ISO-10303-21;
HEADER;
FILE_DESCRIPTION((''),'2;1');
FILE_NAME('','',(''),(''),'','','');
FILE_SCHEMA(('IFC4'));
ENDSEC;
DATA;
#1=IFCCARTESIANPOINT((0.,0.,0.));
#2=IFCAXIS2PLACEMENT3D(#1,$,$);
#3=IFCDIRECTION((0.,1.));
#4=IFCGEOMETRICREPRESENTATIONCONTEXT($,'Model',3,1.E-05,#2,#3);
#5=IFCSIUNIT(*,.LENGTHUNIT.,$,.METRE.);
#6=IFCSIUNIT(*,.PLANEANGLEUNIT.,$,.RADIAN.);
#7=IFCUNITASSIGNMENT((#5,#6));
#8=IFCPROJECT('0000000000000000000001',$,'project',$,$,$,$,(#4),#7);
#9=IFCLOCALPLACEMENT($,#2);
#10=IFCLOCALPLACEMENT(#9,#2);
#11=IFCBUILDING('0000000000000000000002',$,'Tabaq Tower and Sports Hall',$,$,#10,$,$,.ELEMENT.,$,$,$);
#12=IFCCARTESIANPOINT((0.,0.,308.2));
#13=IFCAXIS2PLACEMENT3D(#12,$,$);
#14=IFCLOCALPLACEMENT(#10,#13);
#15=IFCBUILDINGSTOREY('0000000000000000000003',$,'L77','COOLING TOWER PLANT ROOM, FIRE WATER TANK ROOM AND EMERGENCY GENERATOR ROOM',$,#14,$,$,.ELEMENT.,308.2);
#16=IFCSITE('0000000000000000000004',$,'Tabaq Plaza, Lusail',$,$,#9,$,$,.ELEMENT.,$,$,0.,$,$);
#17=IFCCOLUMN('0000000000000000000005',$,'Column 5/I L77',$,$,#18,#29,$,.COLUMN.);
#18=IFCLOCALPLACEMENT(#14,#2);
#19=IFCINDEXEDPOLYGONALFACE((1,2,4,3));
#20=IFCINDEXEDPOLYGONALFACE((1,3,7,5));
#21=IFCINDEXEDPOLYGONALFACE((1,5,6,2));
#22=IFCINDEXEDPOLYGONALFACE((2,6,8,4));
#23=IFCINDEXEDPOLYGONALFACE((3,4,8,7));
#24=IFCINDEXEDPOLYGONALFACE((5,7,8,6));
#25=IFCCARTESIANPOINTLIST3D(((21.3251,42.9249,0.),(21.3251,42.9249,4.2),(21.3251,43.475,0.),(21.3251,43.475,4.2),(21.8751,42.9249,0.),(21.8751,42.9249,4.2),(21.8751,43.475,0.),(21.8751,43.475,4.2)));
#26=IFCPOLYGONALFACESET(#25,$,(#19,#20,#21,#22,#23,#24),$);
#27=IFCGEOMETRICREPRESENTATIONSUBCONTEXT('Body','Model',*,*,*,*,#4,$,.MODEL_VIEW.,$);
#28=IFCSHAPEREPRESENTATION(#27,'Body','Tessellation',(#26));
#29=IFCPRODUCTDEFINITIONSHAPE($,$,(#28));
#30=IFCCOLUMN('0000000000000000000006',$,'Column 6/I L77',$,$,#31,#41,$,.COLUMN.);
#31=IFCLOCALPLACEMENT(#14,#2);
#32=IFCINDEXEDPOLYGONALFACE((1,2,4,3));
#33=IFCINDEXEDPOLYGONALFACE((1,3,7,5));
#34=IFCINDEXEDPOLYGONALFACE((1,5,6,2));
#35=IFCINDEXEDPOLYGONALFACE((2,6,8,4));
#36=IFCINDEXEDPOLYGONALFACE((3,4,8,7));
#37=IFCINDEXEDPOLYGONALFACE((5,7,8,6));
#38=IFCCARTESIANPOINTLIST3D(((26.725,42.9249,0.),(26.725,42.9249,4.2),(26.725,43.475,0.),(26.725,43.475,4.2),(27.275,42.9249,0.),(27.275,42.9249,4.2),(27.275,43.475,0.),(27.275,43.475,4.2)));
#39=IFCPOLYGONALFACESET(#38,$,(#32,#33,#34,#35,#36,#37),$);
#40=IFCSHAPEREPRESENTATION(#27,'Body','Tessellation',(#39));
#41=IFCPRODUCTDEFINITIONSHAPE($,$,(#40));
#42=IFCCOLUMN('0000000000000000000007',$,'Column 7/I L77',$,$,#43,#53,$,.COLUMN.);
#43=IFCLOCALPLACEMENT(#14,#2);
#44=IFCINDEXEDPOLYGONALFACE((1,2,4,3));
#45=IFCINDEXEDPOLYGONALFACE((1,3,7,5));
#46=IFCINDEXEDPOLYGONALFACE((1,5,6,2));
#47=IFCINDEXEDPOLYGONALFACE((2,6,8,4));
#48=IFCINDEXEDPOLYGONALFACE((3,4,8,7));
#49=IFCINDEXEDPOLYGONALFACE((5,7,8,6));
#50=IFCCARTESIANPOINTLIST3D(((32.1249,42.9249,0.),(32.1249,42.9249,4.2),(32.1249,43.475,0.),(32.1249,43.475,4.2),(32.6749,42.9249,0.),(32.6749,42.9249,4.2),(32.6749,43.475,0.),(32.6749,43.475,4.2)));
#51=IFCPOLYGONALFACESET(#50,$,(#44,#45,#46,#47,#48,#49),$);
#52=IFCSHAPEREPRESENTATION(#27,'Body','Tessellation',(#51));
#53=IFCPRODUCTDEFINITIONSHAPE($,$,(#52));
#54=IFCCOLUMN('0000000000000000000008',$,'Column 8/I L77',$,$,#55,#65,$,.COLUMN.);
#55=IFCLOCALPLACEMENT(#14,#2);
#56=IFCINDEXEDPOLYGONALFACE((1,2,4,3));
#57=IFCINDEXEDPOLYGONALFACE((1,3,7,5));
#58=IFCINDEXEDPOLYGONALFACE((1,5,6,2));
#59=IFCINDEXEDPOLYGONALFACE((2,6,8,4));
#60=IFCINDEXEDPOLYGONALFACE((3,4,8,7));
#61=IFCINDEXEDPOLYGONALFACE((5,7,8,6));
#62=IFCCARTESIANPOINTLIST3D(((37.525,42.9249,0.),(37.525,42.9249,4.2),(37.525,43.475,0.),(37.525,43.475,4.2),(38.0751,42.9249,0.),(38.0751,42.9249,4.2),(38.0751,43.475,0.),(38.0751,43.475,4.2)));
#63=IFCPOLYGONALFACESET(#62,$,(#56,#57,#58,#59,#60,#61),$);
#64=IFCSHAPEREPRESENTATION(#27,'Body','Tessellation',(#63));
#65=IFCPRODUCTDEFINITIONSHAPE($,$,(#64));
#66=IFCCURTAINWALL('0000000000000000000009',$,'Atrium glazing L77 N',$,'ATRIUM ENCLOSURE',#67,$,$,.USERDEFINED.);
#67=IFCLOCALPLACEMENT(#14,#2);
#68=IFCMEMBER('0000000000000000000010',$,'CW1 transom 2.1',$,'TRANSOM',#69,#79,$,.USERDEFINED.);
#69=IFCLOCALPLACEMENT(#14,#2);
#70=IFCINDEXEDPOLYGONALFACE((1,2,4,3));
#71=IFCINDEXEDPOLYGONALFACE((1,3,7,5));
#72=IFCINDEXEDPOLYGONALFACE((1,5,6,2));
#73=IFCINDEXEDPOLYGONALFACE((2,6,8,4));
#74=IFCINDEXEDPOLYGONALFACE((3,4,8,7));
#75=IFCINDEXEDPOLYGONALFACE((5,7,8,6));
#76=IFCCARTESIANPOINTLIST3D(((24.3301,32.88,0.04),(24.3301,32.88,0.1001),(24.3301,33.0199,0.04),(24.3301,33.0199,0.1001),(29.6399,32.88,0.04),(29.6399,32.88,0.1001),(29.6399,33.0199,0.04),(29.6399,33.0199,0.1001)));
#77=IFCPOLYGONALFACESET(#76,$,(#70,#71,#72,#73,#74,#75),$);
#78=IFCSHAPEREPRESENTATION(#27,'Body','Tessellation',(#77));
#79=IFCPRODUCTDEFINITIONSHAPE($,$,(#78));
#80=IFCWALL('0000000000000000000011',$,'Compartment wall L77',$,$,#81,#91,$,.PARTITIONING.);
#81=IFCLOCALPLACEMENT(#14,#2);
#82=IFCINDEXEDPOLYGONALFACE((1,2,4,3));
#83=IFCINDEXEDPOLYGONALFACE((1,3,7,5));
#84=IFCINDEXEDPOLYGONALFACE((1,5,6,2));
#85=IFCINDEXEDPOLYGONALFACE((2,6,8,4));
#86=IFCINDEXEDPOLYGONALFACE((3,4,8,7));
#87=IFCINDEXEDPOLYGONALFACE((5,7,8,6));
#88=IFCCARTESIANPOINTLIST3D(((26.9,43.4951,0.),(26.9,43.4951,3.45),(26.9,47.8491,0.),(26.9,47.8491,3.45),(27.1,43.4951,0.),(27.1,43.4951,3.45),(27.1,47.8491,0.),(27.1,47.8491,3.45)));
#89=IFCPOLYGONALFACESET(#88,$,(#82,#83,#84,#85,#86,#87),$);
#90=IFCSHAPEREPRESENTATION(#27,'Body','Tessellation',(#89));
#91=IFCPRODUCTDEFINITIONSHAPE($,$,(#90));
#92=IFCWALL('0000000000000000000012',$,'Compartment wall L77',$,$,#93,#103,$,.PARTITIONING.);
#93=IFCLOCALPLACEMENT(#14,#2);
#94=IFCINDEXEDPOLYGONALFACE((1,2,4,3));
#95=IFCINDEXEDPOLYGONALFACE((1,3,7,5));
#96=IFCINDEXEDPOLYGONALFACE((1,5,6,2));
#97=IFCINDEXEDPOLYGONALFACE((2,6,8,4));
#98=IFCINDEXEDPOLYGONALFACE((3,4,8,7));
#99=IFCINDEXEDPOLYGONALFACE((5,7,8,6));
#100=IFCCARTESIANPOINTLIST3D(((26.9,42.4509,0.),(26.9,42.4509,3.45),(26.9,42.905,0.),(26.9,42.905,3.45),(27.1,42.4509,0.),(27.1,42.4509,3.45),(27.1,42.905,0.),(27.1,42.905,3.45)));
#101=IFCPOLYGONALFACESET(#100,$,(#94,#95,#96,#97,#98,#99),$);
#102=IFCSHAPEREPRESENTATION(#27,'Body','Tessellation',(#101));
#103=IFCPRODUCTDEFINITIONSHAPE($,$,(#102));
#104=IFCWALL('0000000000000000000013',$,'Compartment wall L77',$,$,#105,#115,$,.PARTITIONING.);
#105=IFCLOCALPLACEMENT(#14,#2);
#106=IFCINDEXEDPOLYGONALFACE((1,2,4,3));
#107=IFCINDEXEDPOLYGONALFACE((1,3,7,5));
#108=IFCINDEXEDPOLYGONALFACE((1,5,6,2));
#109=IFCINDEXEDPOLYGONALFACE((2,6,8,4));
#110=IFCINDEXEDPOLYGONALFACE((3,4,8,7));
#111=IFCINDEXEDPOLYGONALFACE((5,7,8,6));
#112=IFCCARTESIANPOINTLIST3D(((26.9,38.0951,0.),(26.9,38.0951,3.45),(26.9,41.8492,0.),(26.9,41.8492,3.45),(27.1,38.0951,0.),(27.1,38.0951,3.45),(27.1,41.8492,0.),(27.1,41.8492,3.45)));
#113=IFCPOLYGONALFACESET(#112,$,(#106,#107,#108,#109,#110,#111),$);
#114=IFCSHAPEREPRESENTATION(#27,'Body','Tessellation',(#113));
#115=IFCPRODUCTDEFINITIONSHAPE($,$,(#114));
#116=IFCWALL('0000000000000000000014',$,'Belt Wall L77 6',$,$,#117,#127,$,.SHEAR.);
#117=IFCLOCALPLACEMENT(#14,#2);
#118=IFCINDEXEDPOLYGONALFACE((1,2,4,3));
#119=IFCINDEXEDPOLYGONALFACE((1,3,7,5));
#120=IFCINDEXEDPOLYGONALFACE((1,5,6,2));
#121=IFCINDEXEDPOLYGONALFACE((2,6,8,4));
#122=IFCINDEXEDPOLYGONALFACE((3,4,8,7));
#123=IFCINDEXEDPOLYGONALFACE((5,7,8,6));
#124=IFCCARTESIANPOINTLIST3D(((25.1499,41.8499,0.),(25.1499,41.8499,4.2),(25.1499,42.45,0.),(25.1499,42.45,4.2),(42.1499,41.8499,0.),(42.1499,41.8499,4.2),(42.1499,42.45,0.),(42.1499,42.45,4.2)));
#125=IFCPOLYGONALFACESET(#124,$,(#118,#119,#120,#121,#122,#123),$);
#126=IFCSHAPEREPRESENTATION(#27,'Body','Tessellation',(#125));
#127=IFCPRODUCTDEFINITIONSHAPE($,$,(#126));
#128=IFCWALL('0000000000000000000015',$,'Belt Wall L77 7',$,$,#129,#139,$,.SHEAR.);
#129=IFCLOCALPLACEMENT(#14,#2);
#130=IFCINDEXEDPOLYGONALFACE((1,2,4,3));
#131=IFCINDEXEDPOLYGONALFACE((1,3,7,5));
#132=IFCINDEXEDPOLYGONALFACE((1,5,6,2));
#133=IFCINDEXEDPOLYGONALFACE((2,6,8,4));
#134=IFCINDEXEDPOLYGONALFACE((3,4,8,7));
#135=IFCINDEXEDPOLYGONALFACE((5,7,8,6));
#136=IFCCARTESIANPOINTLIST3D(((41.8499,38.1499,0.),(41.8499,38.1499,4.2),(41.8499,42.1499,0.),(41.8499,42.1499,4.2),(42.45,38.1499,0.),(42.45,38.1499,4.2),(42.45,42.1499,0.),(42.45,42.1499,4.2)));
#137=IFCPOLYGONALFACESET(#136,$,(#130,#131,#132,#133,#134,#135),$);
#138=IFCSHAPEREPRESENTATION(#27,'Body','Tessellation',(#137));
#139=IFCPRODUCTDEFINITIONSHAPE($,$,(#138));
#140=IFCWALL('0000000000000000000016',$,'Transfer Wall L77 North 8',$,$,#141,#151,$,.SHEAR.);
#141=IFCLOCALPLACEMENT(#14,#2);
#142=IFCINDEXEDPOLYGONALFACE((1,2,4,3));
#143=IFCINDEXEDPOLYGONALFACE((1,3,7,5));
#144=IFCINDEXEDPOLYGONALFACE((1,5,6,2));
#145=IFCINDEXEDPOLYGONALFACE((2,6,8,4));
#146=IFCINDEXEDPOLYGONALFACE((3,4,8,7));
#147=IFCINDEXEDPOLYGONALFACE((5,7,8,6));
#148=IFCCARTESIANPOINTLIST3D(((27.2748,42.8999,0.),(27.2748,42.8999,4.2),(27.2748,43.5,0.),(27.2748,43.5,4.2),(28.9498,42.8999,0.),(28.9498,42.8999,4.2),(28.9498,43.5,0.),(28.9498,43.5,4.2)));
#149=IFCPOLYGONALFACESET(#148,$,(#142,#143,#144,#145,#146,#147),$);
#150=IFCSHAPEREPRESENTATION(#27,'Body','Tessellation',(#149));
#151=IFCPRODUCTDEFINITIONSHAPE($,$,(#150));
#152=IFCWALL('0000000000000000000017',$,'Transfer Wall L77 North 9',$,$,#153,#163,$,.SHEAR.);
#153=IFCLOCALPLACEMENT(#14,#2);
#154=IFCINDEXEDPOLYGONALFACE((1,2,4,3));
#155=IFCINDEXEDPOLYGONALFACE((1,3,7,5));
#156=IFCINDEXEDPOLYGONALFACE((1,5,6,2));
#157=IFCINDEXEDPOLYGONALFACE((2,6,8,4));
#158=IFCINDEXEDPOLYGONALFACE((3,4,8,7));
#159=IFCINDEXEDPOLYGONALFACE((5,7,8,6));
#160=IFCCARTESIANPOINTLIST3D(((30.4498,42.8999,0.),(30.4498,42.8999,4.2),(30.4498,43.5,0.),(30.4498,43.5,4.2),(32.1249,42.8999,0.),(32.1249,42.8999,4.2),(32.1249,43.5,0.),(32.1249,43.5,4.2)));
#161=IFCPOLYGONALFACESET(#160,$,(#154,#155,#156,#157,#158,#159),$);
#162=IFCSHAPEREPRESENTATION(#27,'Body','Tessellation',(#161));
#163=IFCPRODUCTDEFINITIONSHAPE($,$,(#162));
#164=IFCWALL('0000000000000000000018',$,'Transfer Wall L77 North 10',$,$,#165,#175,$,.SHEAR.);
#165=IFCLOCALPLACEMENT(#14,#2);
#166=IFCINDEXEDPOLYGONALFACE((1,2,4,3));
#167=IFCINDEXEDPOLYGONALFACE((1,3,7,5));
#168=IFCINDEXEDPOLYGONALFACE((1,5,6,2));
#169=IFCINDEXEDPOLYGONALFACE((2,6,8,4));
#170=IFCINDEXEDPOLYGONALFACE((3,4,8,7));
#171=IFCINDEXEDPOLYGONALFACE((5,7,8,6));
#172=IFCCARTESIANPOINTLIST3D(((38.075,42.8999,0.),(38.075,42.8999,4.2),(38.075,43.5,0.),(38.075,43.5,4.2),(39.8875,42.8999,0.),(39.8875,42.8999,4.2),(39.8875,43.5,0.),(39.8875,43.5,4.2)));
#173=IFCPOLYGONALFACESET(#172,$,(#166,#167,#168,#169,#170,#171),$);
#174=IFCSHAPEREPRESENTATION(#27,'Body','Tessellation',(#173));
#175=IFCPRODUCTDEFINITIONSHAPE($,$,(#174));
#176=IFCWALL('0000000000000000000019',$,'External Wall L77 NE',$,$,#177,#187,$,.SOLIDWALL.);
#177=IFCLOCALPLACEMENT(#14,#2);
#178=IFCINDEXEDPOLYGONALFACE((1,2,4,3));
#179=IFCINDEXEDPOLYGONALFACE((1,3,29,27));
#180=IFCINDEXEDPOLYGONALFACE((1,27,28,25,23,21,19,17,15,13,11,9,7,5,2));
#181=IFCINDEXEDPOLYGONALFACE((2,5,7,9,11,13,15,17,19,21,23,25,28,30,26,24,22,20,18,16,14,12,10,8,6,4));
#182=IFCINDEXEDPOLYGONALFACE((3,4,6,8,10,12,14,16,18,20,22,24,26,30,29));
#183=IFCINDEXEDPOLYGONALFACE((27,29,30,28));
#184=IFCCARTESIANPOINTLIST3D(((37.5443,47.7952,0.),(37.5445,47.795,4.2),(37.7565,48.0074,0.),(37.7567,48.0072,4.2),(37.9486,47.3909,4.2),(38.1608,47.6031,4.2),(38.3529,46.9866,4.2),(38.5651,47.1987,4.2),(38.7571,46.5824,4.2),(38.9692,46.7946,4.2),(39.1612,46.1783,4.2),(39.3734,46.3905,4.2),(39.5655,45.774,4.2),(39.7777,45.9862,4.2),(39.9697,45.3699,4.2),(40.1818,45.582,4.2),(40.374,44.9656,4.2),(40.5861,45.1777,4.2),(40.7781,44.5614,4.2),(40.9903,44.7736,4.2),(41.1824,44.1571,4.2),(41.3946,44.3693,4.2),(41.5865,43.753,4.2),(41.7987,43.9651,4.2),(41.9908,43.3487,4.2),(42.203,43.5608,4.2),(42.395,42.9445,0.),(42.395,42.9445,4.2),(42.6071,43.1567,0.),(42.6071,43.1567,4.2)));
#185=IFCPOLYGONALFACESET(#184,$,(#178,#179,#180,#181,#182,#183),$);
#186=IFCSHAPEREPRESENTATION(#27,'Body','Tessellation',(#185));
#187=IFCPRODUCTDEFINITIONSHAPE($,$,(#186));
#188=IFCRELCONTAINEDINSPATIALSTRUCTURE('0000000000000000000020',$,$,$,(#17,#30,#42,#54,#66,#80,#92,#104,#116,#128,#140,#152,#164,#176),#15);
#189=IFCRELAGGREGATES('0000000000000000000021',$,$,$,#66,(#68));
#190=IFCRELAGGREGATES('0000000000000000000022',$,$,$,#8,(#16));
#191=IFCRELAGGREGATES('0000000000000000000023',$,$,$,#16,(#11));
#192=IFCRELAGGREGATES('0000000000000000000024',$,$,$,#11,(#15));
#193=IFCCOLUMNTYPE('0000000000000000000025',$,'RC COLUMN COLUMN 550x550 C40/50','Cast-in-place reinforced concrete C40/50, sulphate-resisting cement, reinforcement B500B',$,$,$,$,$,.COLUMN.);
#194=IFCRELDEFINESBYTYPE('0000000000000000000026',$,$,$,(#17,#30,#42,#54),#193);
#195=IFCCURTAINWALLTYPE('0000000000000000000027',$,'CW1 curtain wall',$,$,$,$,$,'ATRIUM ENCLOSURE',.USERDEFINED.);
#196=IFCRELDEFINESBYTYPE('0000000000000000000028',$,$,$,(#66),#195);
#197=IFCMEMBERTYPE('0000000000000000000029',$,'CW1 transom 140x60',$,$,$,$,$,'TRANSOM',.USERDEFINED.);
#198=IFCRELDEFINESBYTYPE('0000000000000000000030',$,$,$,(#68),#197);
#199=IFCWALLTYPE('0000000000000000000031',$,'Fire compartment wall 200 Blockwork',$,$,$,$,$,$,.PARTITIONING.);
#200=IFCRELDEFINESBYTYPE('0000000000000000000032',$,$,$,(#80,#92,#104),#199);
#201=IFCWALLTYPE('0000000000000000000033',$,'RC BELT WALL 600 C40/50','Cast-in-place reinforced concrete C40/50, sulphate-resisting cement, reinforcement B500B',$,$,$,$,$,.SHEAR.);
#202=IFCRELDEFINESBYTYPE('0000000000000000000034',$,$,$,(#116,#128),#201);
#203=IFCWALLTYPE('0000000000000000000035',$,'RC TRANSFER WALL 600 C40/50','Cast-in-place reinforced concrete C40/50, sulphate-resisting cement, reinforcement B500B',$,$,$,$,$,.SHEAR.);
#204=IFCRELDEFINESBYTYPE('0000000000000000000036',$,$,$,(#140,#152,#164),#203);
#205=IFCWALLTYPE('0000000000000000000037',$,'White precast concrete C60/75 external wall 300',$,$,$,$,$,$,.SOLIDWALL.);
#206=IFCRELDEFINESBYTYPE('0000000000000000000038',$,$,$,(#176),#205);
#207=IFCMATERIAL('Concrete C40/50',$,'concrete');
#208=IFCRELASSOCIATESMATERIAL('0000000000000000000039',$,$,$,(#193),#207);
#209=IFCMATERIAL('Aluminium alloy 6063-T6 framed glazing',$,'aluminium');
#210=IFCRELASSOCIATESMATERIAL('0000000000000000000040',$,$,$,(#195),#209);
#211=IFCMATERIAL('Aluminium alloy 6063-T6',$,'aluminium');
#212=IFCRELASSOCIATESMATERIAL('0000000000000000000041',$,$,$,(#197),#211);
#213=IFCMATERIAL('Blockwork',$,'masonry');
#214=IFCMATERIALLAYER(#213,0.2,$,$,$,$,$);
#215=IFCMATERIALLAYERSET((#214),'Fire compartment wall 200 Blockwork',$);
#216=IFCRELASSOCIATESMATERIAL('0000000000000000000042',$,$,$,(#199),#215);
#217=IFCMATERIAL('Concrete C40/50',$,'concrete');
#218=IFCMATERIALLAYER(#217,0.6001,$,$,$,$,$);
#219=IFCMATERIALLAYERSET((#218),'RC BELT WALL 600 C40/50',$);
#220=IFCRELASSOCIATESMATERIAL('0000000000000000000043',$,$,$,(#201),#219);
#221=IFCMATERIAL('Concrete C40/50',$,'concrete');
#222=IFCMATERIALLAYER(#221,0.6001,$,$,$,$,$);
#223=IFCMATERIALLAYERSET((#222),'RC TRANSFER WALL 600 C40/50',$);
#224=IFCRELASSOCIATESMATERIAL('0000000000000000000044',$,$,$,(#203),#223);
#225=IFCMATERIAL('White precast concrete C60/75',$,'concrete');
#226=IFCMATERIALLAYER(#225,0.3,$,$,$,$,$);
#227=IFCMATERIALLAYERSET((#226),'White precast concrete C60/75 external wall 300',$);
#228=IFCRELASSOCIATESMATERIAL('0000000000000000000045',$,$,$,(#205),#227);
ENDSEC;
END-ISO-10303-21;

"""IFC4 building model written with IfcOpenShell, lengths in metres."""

from ifc_helpers import new_model, si_unit, direction, frame, frame_2d, origin, origin_2d, place, context, subcontext, project, spatial, polyline, rectangle, outline, extrude, material, layer, layer_set, material_profile, profile_set, type_object, element, aggregate, save


model = new_model("IFC4")

# Units and contexts
model_context = context("Model", 3, precision=1e-05, world=origin(), true_north=direction((0.0, 1.0)))
body_context = subcontext(model_context, "Body", "Model", "MODEL_VIEW")
ifc_project = project(units=[si_unit("LENGTHUNIT", "METRE"), si_unit("PLANEANGLEUNIT", "RADIAN")], contexts=[model_context])

# Site, building, storey
site_placement = place(None, origin())
site = spatial("IfcSite", under=ifc_project, at=site_placement, Name="Tabaq Plaza, Lusail", CompositionType="ELEMENT", RefElevation=0.0)
building_placement = place(site_placement, origin())
building = spatial("IfcBuilding", under=site, at=building_placement, Name="Tabaq Tower and Sports Hall", CompositionType="ELEMENT")
storey_placement = place(building_placement, frame((0.0, 0.0, 308.2)))
storey = spatial("IfcBuildingStorey", under=building, at=storey_placement, Name="L77", Description="COOLING TOWER PLANT ROOM, FIRE WATER TANK ROOM AND EMERGENCY GENERATOR ROOM", CompositionType="ELEMENT", Elevation=308.2)

# Columns
ifc_material_1 = material(Name="Concrete C40/50", Category="concrete")
ifc_material_profile_1 = material_profile(ifc_material_1, rectangle(XDim=0.55, YDim=0.55, at=origin_2d()), Name="COLUMN 550x550")
ifc_profile_set_1 = profile_set([ifc_material_profile_1], Name="Concrete C40/50")
column_type = type_object("IfcColumnType", Name="RC COLUMN COLUMN 550x550 C40/50", Description="Cast-in-place reinforced concrete C40/50, sulphate-resisting cement, reinforcement B500B", PredefinedType="COLUMN", material=ifc_profile_set_1)
for number, where, z_axis, x_axis, name in (
    (1, (21.6001, 43.2, 0.0), (0.0, 0.0, 1.0), (1.0, 0.0, 0.0), "Column 5/I L77"),
    (2, (27.0, 43.2, 0.0), (0.0, 0.0, 1.0), (1.0, 0.0, 0.0), "Column 6/I L77"),
    (3, (32.3999, 43.2, 0.0), (0.0, 0.0, 1.0), (1.0, 0.0, 0.0), "Column 7/I L77"),
    (4, (37.8, 43.2, 0.0), (0.0, 0.0, 1.0), (1.0, 0.0, 0.0), "Column 8/I L77"),
):
    element("IfcColumn", number, at=place(storey_placement, frame(where, z_axis=z_axis, x_axis=x_axis)), inside=storey, type_object=column_type, Name=name, PredefinedType="COLUMN", context=body_context, shape_type="SweptSolid", body=[
        extrude(rectangle(XDim=0.55, YDim=0.55, at=origin_2d()), origin(), (0.0, 0.0, 1.0), 4.2),
    ])

# Curtain wall, member
ifc_material_2 = material(Name="Aluminium alloy 6063-T6 framed glazing", Category="aluminium")
curtain_wall_type = type_object("IfcCurtainWallType", Name="CW1 curtain wall", ElementType="ATRIUM ENCLOSURE", PredefinedType="USERDEFINED", material=ifc_material_2)
curtain_wall_placement = place(storey_placement, origin())
curtain_wall = element("IfcCurtainWall", 5, at=curtain_wall_placement, inside=storey, type_object=curtain_wall_type, Name="Atrium glazing L77 N", ObjectType="ATRIUM ENCLOSURE", PredefinedType="USERDEFINED")
ifc_material_3 = material(Name="Aluminium alloy 6063-T6", Category="aluminium")
ifc_material_profile_2 = material_profile(ifc_material_3, rectangle(XDim=0.1399, YDim=0.0601, at=origin_2d()), Name="TRANSOM 140x60")
ifc_profile_set_2 = profile_set([ifc_material_profile_2], Name="Aluminium alloy 6063-T6")
member_type = type_object("IfcMemberType", Name="CW1 transom 140x60", ElementType="TRANSOM", PredefinedType="USERDEFINED", material=ifc_profile_set_2)
member_placement = place(storey_placement, frame((24.3301, 32.95, 0.0701), z_axis=(1.0, 0.0, 0.0), x_axis=(0.0, 1.0, 0.0)))
member = element("IfcMember", 6, at=member_placement, type_object=member_type, Name="CW1 transom 2.1", ObjectType="TRANSOM", PredefinedType="USERDEFINED", context=body_context, shape_type="SweptSolid", body=[
    extrude(rectangle(XDim=0.1399, YDim=0.0601, at=origin_2d()), origin(), (0.0, 0.0, 1.0), 5.3098),
])
aggregate(curtain_wall, [member])

# Walls
ifc_material_4 = material(Name="Blockwork", Category="masonry")
ifc_layer_1 = layer(ifc_material_4, 0.2)
ifc_layer_set_1 = layer_set([ifc_layer_1], Name="Fire compartment wall 200 Blockwork")
wall_type_1 = type_object("IfcWallType", Name="Fire compartment wall 200 Blockwork", PredefinedType="PARTITIONING", material=ifc_layer_set_1)
wall_1_placement = place(storey_placement, frame((27.0, 47.8491, 0.0), z_axis=(0.0, 0.0, 1.0), x_axis=(0.0, -1.0, 0.0)))
element("IfcWall", 7, at=wall_1_placement, inside=storey, type_object=wall_type_1, Name="Compartment wall L77", PredefinedType="PARTITIONING", context=body_context, shape_type="SweptSolid", body=[
    extrude(rectangle(XDim=4.354, YDim=0.2, at=frame_2d((2.177, 0.0))), origin(), (0.0, 0.0, 1.0), 3.45),
])
wall_2_placement = place(storey_placement, frame((27.0, 42.905, 0.0), z_axis=(0.0, 0.0, 1.0), x_axis=(0.0, -1.0, 0.0)))
element("IfcWall", 8, at=wall_2_placement, inside=storey, type_object=wall_type_1, Name="Compartment wall L77", PredefinedType="PARTITIONING", context=body_context, shape_type="SweptSolid", body=[
    extrude(rectangle(XDim=0.4541, YDim=0.2, at=frame_2d((0.2271, 0.0))), origin(), (0.0, 0.0, 1.0), 3.45),
])
wall_3_placement = place(storey_placement, frame((27.0, 41.8491, 0.0), z_axis=(0.0, 0.0, 1.0), x_axis=(0.0, -1.0, 0.0)))
element("IfcWall", 9, at=wall_3_placement, inside=storey, type_object=wall_type_1, Name="Compartment wall L77", PredefinedType="PARTITIONING", context=body_context, shape_type="SweptSolid", body=[
    extrude(rectangle(XDim=3.7542, YDim=0.2, at=frame_2d((1.877, 0.0))), origin(), (0.0, 0.0, 1.0), 3.45),
])
ifc_material_5 = material(Name="Concrete C40/50", Category="concrete")
ifc_layer_2 = layer(ifc_material_5, 0.6001)
ifc_layer_set_2 = layer_set([ifc_layer_2], Name="RC BELT WALL 600 C40/50")
wall_type_2 = type_object("IfcWallType", Name="RC BELT WALL 600 C40/50", Description="Cast-in-place reinforced concrete C40/50, sulphate-resisting cement, reinforcement B500B", PredefinedType="SHEAR", material=ifc_layer_set_2)
wall_4_placement = place(storey_placement, frame((25.1499, 42.1499, 0.0), z_axis=(0.0, 0.0, 1.0), x_axis=(1.0, 0.0, 0.0)))
element("IfcWall", 10, at=wall_4_placement, inside=storey, type_object=wall_type_2, Name="Belt Wall L77 6", PredefinedType="SHEAR", context=body_context, shape_type="SweptSolid", body=[
    extrude(rectangle(XDim=17.0, YDim=0.6001, at=frame_2d((8.5, 0.0))), origin(), (0.0, 0.0, 1.0), 4.2),
])
wall_5_placement = place(storey_placement, frame((42.1499, 42.1499, 0.0), z_axis=(0.0, 0.0, 1.0), x_axis=(0.0, -1.0, 0.0)))
element("IfcWall", 11, at=wall_5_placement, inside=storey, type_object=wall_type_2, Name="Belt Wall L77 7", PredefinedType="SHEAR", context=body_context, shape_type="SweptSolid", body=[
    extrude(rectangle(XDim=4.0, YDim=0.6001, at=frame_2d((2.0, 0.0))), origin(), (0.0, 0.0, 1.0), 4.2),
])
ifc_material_6 = material(Name="Concrete C40/50", Category="concrete")
ifc_layer_3 = layer(ifc_material_6, 0.6001)
ifc_layer_set_3 = layer_set([ifc_layer_3], Name="RC TRANSFER WALL 600 C40/50")
wall_type_3 = type_object("IfcWallType", Name="RC TRANSFER WALL 600 C40/50", Description="Cast-in-place reinforced concrete C40/50, sulphate-resisting cement, reinforcement B500B", PredefinedType="SHEAR", material=ifc_layer_set_3)
for number, where, z_axis, x_axis, name in (
    (12, (27.2749, 43.2, 0.0), (0.0, 0.0, 1.0), (1.0, 0.0, 0.0), "Transfer Wall L77 North 8"),
    (13, (30.45, 43.2, 0.0), (0.0, 0.0, 1.0), (1.0, 0.0, 0.0), "Transfer Wall L77 North 9"),
):
    element("IfcWall", number, at=place(storey_placement, frame(where, z_axis=z_axis, x_axis=x_axis)), inside=storey, type_object=wall_type_3, Name=name, PredefinedType="SHEAR", context=body_context, shape_type="SweptSolid", body=[
        extrude(rectangle(XDim=1.675, YDim=0.6001, at=frame_2d((0.8374, 0.0))), origin(), (0.0, 0.0, 1.0), 4.2),
    ])
wall_6_placement = place(storey_placement, frame((38.075, 43.2, 0.0), z_axis=(0.0, 0.0, 1.0), x_axis=(1.0, 0.0, 0.0)))
element("IfcWall", 14, at=wall_6_placement, inside=storey, type_object=wall_type_3, Name="Transfer Wall L77 North 10", PredefinedType="SHEAR", context=body_context, shape_type="SweptSolid", body=[
    extrude(rectangle(XDim=1.8125, YDim=0.6001, at=frame_2d((0.9062, 0.0))), origin(), (0.0, 0.0, 1.0), 4.2),
])
ifc_material_7 = material(Name="White precast concrete C60/75", Category="concrete")
ifc_layer_4 = layer(ifc_material_7, 0.3)
ifc_layer_set_4 = layer_set([ifc_layer_4], Name="White precast concrete C60/75 external wall 300")
wall_type_4 = type_object("IfcWallType", Name="White precast concrete C60/75 external wall 300", PredefinedType="SOLIDWALL", material=ifc_layer_set_4)
wall_7_placement = place(storey_placement, frame((42.501, 43.0505, 0.0), z_axis=(0.0, 0.0, 1.0), x_axis=(-0.707107, 0.707107, 0.0)))
element("IfcWall", 15, at=wall_7_placement, inside=storey, type_object=wall_type_4, Name="External Wall L77 NE", PredefinedType="SOLIDWALL", context=body_context, shape_type="SweptSolid", body=[
    extrude(outline(polyline([(0.0, 0.0), (6.8599, 0.0), (6.8596, 4.2), (6.2881, 4.2), (5.7163, 4.2), (5.1448, 4.2), (4.5732, 4.2), (4.0015, 4.2), (3.4299, 4.2), (2.8582, 4.2), (2.2866, 4.2), (1.7148, 4.2), (1.1433, 4.2), (0.5715, 4.2), (0.0, 4.2), (0.0, 0.0)])), frame((0.0, 0.1499, 0.0), z_axis=(0.0, -1.0, 0.0), x_axis=(1.0, 0.0, 0.0)), (0.0, 0.0, 1.0), 0.3),
])

save(model, "model.ifc")
